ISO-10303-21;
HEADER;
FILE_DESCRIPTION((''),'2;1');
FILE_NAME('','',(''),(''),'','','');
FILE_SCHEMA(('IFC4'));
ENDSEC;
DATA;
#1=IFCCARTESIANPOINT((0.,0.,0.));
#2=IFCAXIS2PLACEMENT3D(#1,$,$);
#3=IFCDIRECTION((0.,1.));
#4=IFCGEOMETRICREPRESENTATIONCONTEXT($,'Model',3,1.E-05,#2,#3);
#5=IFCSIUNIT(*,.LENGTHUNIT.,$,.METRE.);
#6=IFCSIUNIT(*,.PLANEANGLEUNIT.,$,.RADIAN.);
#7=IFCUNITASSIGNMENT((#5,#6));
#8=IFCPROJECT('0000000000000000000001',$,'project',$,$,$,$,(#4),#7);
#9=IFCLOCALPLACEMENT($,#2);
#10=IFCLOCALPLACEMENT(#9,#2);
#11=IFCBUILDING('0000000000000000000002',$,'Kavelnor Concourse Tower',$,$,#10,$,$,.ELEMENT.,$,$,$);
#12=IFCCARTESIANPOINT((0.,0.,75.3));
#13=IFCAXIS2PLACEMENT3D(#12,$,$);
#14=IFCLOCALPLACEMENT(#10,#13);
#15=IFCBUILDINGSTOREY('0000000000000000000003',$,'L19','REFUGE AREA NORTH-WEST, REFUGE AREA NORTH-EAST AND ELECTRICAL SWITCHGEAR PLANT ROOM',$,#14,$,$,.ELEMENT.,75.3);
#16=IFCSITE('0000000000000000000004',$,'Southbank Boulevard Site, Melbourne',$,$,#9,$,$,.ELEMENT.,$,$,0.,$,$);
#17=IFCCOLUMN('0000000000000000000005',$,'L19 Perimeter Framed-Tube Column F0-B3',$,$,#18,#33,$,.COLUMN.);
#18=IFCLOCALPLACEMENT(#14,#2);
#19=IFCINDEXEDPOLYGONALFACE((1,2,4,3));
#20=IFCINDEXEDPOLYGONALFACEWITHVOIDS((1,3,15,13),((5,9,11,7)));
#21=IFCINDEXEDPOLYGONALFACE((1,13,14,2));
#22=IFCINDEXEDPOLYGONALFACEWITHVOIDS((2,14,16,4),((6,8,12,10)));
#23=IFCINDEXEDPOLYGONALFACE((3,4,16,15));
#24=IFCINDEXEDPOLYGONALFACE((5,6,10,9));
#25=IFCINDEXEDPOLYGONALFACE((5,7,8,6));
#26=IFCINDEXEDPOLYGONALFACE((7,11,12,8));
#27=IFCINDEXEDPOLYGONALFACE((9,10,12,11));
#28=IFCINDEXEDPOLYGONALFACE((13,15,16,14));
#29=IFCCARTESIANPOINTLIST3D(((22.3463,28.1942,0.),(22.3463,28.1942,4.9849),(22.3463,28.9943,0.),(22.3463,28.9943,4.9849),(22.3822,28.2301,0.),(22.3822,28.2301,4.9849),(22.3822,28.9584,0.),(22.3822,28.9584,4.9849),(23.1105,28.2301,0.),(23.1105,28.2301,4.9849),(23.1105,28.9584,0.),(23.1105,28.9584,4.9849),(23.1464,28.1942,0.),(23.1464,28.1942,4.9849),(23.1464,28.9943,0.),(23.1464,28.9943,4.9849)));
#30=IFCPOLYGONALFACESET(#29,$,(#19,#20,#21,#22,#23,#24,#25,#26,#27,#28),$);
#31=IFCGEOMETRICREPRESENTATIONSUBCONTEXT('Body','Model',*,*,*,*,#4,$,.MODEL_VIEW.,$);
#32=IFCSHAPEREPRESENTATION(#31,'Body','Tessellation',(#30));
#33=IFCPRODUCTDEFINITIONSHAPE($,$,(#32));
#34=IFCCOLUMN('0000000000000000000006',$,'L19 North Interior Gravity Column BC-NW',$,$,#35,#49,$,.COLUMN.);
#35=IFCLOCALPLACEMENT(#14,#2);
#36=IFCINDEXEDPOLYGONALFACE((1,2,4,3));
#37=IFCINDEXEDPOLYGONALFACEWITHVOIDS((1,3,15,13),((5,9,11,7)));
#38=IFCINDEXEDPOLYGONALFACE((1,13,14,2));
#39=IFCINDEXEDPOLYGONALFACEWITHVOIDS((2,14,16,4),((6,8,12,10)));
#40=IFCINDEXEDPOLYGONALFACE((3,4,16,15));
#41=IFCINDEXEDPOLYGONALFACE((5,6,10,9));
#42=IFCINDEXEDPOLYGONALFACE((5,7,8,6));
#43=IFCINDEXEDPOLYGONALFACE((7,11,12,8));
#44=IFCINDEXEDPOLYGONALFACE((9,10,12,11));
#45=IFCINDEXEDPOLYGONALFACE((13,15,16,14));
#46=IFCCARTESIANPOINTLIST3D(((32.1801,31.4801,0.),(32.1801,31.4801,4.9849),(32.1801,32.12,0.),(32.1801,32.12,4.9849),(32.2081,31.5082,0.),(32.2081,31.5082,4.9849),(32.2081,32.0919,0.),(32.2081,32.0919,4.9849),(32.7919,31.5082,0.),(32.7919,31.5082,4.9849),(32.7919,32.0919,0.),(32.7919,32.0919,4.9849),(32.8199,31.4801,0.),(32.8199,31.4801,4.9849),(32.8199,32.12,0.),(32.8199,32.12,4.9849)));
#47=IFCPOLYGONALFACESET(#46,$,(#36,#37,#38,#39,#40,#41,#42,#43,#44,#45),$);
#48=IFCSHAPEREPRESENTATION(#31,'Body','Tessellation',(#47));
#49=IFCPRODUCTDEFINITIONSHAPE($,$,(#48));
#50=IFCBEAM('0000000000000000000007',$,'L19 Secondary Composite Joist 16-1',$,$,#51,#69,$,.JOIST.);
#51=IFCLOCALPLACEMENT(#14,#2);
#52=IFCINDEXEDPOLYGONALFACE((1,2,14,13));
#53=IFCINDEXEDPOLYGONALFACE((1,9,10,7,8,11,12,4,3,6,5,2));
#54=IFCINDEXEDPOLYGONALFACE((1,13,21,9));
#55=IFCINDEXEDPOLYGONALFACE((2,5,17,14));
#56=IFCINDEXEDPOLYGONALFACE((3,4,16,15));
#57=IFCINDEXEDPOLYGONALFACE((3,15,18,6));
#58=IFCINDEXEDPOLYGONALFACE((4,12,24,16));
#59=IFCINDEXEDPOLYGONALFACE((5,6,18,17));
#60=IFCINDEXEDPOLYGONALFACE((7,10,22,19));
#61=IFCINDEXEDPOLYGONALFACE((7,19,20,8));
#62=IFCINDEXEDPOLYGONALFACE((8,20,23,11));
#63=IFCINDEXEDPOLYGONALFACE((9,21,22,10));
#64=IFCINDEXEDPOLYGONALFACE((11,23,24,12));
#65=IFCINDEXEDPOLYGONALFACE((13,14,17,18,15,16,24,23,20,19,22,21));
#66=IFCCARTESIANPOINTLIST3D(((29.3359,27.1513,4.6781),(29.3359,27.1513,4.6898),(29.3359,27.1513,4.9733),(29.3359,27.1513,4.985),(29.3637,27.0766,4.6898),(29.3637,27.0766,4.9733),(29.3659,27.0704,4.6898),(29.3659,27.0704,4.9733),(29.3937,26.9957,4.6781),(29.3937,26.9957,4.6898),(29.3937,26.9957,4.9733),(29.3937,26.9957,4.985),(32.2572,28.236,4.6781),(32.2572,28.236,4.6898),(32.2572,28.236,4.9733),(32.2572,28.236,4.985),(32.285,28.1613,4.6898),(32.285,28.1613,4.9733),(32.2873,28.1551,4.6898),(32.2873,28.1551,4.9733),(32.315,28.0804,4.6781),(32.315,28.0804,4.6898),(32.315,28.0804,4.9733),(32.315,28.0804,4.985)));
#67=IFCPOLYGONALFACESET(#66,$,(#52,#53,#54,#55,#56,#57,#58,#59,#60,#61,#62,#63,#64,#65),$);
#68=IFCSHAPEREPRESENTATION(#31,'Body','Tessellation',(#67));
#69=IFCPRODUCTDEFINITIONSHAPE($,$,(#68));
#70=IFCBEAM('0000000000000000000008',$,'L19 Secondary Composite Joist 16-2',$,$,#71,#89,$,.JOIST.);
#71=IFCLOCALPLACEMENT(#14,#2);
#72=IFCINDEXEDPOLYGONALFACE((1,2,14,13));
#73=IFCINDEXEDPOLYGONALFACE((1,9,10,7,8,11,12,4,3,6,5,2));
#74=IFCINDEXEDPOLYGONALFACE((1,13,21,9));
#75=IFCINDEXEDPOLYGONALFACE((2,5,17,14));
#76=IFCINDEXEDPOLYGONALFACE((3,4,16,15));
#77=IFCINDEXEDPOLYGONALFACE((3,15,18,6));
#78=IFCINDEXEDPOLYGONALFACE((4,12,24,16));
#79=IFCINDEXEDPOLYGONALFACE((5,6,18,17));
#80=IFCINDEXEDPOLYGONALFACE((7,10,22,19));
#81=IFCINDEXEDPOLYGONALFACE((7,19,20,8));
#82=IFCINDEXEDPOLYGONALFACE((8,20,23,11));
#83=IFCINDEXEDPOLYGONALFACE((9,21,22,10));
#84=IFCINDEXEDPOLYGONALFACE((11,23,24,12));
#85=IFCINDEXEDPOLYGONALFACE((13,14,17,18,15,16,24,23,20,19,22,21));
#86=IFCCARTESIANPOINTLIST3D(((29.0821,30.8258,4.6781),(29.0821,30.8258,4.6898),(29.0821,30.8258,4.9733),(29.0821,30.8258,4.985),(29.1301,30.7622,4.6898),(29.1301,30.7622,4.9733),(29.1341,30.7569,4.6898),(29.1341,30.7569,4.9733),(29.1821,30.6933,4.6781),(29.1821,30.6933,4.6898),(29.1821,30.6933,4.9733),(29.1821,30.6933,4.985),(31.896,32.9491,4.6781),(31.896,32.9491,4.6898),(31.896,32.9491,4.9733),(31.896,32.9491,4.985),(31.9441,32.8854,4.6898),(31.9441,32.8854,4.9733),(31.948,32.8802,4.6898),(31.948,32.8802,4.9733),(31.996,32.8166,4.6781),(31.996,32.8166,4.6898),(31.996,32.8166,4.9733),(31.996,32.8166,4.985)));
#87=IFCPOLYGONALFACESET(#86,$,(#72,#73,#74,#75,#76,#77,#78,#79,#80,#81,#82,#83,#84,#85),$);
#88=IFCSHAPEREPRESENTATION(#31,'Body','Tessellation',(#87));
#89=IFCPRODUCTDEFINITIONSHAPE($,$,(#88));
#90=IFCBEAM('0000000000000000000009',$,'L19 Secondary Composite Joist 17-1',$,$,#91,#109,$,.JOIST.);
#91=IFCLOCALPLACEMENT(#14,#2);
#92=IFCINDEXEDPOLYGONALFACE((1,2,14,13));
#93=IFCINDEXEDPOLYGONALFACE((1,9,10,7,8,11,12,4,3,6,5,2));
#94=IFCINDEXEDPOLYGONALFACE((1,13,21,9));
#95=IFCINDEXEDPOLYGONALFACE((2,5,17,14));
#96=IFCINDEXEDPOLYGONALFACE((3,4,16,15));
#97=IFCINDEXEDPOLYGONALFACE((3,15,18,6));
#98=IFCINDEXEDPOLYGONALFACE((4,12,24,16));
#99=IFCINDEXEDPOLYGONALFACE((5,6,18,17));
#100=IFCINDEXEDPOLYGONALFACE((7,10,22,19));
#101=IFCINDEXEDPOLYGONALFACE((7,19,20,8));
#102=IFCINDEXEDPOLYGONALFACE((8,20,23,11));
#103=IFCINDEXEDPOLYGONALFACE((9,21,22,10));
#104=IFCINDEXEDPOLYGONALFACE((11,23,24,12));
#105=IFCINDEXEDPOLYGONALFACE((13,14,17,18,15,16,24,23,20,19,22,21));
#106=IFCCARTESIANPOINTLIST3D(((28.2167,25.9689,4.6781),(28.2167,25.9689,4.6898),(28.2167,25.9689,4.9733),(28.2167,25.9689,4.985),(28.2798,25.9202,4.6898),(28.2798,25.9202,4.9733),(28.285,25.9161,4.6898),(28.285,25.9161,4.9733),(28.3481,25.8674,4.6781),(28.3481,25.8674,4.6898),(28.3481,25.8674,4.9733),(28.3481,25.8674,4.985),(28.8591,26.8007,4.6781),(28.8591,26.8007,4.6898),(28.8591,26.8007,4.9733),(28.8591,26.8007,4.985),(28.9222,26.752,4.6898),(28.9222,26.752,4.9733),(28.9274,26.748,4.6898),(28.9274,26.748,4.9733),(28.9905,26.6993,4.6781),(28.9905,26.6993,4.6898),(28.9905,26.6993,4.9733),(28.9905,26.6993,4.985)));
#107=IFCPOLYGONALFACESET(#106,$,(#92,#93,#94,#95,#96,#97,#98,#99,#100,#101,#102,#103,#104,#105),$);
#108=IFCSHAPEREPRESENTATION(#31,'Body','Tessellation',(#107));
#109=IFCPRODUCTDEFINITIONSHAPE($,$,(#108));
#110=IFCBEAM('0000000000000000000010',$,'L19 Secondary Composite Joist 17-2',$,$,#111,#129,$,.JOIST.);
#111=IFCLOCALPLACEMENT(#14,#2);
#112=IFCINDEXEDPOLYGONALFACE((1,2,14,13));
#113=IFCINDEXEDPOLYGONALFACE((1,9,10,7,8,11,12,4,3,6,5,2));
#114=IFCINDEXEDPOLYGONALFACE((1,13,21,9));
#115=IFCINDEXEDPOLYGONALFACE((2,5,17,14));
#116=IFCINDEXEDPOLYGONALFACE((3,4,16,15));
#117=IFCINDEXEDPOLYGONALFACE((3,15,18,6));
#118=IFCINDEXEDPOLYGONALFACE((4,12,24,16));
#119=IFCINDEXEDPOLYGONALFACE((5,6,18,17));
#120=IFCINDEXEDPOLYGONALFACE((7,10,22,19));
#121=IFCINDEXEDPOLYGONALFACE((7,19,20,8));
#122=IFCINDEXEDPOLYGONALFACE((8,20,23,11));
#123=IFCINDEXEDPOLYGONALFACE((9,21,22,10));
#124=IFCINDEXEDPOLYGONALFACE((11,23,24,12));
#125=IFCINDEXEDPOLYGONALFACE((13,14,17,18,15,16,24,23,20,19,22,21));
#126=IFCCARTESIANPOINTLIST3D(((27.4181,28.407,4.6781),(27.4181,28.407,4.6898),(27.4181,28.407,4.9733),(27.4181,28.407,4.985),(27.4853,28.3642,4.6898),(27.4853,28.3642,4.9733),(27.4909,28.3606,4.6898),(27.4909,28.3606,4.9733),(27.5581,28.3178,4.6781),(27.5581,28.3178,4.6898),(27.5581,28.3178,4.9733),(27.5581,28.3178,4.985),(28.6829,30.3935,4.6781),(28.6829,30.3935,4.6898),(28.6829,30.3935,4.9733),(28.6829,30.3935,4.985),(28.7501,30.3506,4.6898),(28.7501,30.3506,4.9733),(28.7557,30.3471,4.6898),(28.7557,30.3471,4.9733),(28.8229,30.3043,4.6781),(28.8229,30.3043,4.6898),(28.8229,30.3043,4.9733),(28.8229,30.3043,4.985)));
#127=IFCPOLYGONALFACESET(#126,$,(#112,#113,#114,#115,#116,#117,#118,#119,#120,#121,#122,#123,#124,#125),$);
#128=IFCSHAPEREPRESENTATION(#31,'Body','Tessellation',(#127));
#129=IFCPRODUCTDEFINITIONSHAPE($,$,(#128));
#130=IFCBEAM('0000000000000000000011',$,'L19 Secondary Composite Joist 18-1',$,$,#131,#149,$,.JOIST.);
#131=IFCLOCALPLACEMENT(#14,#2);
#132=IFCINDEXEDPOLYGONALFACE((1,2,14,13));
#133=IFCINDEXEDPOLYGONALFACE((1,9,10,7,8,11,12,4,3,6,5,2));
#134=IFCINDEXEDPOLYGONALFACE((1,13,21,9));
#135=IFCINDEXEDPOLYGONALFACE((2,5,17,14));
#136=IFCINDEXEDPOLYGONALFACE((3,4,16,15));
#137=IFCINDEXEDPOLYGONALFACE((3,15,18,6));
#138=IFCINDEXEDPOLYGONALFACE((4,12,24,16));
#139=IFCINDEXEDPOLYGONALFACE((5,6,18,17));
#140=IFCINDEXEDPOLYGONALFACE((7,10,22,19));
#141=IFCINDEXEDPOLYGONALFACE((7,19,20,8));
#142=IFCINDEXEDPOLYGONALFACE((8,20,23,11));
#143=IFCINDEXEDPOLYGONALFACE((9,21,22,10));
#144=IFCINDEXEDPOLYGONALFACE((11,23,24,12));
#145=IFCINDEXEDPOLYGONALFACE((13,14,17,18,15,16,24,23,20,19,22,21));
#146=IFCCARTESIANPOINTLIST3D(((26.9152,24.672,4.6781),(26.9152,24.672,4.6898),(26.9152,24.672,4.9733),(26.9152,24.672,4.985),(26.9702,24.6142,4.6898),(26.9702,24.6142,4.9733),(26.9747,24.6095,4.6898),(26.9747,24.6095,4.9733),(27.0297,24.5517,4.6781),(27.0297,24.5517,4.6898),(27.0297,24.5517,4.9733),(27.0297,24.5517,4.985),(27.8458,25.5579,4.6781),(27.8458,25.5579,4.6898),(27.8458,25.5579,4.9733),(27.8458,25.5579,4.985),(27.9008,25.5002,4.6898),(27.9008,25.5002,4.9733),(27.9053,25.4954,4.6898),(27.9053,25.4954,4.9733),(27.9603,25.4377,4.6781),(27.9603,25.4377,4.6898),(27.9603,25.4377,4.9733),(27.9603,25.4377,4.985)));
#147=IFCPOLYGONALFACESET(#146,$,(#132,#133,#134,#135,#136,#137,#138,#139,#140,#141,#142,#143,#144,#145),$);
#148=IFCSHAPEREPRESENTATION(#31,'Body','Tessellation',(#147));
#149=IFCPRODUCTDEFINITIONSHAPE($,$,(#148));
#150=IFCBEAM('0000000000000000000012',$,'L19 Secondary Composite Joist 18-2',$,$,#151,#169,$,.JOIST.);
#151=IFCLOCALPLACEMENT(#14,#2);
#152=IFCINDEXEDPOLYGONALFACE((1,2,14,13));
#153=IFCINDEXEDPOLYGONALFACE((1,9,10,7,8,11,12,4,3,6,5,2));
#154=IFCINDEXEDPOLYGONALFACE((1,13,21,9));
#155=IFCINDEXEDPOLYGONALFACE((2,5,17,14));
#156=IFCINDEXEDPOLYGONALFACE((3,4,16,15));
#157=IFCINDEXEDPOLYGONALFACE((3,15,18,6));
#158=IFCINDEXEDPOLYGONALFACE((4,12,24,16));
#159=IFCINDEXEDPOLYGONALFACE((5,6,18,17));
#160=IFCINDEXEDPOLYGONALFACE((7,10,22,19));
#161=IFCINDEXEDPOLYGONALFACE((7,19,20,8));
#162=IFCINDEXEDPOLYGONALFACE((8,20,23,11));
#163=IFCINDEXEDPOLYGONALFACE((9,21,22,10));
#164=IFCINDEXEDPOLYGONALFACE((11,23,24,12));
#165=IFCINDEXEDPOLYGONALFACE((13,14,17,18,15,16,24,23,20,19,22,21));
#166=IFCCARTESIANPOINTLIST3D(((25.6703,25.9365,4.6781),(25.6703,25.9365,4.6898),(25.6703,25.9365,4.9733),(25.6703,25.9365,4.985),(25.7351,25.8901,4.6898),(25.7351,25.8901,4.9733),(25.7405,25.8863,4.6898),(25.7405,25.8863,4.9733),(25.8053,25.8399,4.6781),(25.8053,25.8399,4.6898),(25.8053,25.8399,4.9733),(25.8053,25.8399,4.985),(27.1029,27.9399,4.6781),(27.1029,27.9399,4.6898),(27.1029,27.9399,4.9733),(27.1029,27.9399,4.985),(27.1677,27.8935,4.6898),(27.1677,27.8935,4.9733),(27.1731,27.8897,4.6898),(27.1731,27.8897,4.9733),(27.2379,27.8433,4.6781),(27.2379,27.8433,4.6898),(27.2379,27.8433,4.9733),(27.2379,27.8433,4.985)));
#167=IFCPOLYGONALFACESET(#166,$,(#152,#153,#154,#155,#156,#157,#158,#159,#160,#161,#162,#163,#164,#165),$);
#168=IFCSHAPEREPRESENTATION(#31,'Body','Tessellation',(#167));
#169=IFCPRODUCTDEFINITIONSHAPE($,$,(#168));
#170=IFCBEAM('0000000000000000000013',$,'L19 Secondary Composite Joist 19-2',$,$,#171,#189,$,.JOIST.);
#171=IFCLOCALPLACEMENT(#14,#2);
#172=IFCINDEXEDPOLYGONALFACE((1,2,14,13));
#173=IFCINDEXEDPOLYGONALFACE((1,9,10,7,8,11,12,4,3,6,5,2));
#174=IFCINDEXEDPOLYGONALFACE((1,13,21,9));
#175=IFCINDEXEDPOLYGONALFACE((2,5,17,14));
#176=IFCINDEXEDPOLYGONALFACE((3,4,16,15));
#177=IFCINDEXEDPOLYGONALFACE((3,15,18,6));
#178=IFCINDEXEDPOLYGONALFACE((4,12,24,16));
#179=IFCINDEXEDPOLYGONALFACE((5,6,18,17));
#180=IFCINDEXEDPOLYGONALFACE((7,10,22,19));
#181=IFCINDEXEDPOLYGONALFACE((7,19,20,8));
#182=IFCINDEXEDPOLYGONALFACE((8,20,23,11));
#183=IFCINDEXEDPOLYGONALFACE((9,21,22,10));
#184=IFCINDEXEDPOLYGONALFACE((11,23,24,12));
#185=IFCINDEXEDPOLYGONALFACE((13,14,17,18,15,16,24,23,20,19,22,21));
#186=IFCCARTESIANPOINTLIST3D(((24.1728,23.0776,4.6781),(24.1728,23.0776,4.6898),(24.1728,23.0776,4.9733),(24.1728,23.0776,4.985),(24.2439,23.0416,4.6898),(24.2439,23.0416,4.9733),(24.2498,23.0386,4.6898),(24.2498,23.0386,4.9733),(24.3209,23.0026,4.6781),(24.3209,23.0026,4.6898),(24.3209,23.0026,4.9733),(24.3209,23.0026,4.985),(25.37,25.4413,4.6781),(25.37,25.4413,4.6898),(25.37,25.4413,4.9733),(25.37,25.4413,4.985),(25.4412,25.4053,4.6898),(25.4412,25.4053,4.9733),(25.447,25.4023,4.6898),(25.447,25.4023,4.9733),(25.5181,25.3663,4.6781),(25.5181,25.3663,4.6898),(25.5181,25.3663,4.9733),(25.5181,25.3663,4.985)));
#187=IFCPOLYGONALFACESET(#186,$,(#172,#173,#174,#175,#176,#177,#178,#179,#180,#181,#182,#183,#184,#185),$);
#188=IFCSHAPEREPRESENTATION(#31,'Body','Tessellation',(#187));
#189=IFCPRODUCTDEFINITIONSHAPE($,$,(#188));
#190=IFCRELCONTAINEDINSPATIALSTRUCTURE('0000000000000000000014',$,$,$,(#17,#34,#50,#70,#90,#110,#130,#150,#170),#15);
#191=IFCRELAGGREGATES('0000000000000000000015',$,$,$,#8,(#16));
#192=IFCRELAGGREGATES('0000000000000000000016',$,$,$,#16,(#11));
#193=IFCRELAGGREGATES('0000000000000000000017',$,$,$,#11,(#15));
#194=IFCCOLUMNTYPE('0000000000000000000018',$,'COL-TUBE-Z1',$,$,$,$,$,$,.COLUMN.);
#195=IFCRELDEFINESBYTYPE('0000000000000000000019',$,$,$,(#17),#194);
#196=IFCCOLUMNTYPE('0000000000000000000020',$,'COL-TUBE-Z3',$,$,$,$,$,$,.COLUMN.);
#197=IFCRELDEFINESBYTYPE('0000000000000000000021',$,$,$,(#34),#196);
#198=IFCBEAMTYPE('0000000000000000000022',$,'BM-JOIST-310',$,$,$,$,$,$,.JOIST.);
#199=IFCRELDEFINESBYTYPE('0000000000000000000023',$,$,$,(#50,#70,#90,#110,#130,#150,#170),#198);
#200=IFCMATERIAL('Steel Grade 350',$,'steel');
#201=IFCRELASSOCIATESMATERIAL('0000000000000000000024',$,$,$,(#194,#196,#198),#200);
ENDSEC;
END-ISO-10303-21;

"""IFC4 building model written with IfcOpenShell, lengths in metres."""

from ifc_helpers import new_model, si_unit, direction, frame, origin, origin_2d, place, context, subcontext, project, spatial, hollow_rectangle, i_section, extrude, material, material_profile, profile_set, type_object, element, save


model = new_model("IFC4")

# Units and contexts
model_context = context("Model", 3, precision=1e-05, world=origin(), true_north=direction((0.0, 1.0)))
body_context = subcontext(model_context, "Body", "Model", "MODEL_VIEW")
ifc_project = project(units=[si_unit("LENGTHUNIT", "METRE"), si_unit("PLANEANGLEUNIT", "RADIAN")], contexts=[model_context])

# Site, building, storey
site_placement = place(None, origin())
site = spatial("IfcSite", under=ifc_project, at=site_placement, Name="Southbank Boulevard Site, Melbourne", CompositionType="ELEMENT", RefElevation=0.0)
building_placement = place(site_placement, origin())
building = spatial("IfcBuilding", under=site, at=building_placement, Name="Kavelnor Concourse Tower", CompositionType="ELEMENT")
storey_placement = place(building_placement, frame((0.0, 0.0, 75.3)))
storey = spatial("IfcBuildingStorey", under=building, at=storey_placement, Name="L19", Description="REFUGE AREA NORTH-WEST, REFUGE AREA NORTH-EAST AND ELECTRICAL SWITCHGEAR PLANT ROOM", CompositionType="ELEMENT", Elevation=75.3)

# Columns
ifc_material_1 = material(Name="Steel Grade 350", Category="steel")
ifc_material_profile_1 = material_profile(ifc_material_1, hollow_rectangle(XDim=0.8, YDim=0.8, WallThickness=0.0359, at=origin_2d()), Name="SHS 800x800x36")
ifc_profile_set_1 = profile_set([ifc_material_profile_1], Name="Steel Grade 350")
column_type_1 = type_object("IfcColumnType", Name="COL-TUBE-Z1", PredefinedType="COLUMN", material=ifc_profile_set_1)
column_1_placement = place(storey_placement, frame((22.7463, 28.5942, 0.0), z_axis=(0.0, 0.0, 1.0), x_axis=(1.0, 0.0, 0.0)))
element("IfcColumn", 1, at=column_1_placement, inside=storey, type_object=column_type_1, Name="L19 Perimeter Framed-Tube Column F0-B3", PredefinedType="COLUMN", context=body_context, shape_type="SweptSolid", body=[
    extrude(hollow_rectangle(XDim=0.8, YDim=0.8, WallThickness=0.0359, at=origin_2d()), origin(), (0.0, 0.0, 1.0), 4.9849),
])
ifc_material_profile_2 = material_profile(ifc_material_1, hollow_rectangle(XDim=0.6399, YDim=0.6399, WallThickness=0.0281, at=origin_2d()), Name="SHS 640x640x28")
ifc_profile_set_2 = profile_set([ifc_material_profile_2], Name="Steel Grade 350")
column_type_2 = type_object("IfcColumnType", Name="COL-TUBE-Z3", PredefinedType="COLUMN", material=ifc_profile_set_2)
column_2_placement = place(storey_placement, frame((32.5, 31.8, 0.0), z_axis=(0.0, 0.0, 1.0), x_axis=(1.0, 0.0, 0.0)))
element("IfcColumn", 2, at=column_2_placement, inside=storey, type_object=column_type_2, Name="L19 North Interior Gravity Column BC-NW", PredefinedType="COLUMN", context=body_context, shape_type="SweptSolid", body=[
    extrude(hollow_rectangle(XDim=0.6399, YDim=0.6399, WallThickness=0.0281, at=origin_2d()), origin(), (0.0, 0.0, 1.0), 4.9849),
])

# Beams
ifc_material_profile_3 = material_profile(ifc_material_1, i_section(OverallWidth=0.166, OverallDepth=0.3069, WebThickness=0.0066, FlangeThickness=0.0117, at=origin_2d()), Name="310UB46")
ifc_profile_set_3 = profile_set([ifc_material_profile_3], Name="Steel Grade 350")
beam_type_1 = type_object("IfcBeamType", Name="BM-JOIST-310", PredefinedType="JOIST", material=ifc_profile_set_3)
beam_1_placement = place(storey_placement, frame((32.2861, 28.1582, 4.8315), z_axis=(-0.937464, -0.348082, 0.0), x_axis=(0.348082, -0.937464, 0.0)))
element("IfcBeam", 3, at=beam_1_placement, inside=storey, type_object=beam_type_1, Name="L19 Secondary Composite Joist 16-1", PredefinedType="JOIST", context=body_context, shape_type="SweptSolid", body=[
    extrude(i_section(OverallWidth=0.166, OverallDepth=0.3069, WebThickness=0.0066, FlangeThickness=0.0117, at=origin_2d()), origin(), (0.0, 0.0, 1.0), 3.1162),
])
beam_2_placement = place(storey_placement, frame((31.946, 32.8828, 4.8315), z_axis=(-0.798251, -0.602324, 0.0), x_axis=(0.602324, -0.798251, 0.0)))
element("IfcBeam", 4, at=beam_2_placement, inside=storey, type_object=beam_type_1, Name="L19 Secondary Composite Joist 16-2", PredefinedType="JOIST", context=body_context, shape_type="SweptSolid", body=[
    extrude(i_section(OverallWidth=0.166, OverallDepth=0.3069, WebThickness=0.0066, FlangeThickness=0.0117, at=origin_2d()), origin(), (0.0, 0.0, 1.0), 3.5251),
])
beam_3_placement = place(storey_placement, frame((28.9248, 26.75, 4.8315), z_axis=(-0.611203, -0.791474, 0.0), x_axis=(0.791474, -0.611203, 0.0)))
element("IfcBeam", 5, at=beam_3_placement, inside=storey, type_object=beam_type_1, Name="L19 Secondary Composite Joist 17-1", PredefinedType="JOIST", context=body_context, shape_type="SweptSolid", body=[
    extrude(i_section(OverallWidth=0.166, OverallDepth=0.3069, WebThickness=0.0066, FlangeThickness=0.0117, at=origin_2d()), origin(), (0.0, 0.0, 1.0), 1.051),
])
beam_4_placement = place(storey_placement, frame((28.7529, 30.3489, 4.8315), z_axis=(-0.53709, -0.843525, 0.0), x_axis=(0.843525, -0.53709, 0.0)))
element("IfcBeam", 6, at=beam_4_placement, inside=storey, type_object=beam_type_1, Name="L19 Secondary Composite Joist 17-2", PredefinedType="JOIST", context=body_context, shape_type="SweptSolid", body=[
    extrude(i_section(OverallWidth=0.166, OverallDepth=0.3069, WebThickness=0.0066, FlangeThickness=0.0117, at=origin_2d()), origin(), (0.0, 0.0, 1.0), 2.355),
])
beam_5_placement = place(storey_placement, frame((27.9031, 25.4978, 4.8315), z_axis=(-0.724278, -0.689508, 0.0), x_axis=(0.689508, -0.724278, 0.0)))
element("IfcBeam", 7, at=beam_5_placement, inside=storey, type_object=beam_type_1, Name="L19 Secondary Composite Joist 18-1", PredefinedType="JOIST", context=body_context, shape_type="SweptSolid", body=[
    extrude(i_section(OverallWidth=0.166, OverallDepth=0.3069, WebThickness=0.0066, FlangeThickness=0.0117, at=origin_2d()), origin(), (0.0, 0.0, 1.0), 1.2849),
])
beam_6_placement = place(storey_placement, frame((27.1704, 27.8916, 4.8315), z_axis=(-0.581669, -0.813425, 0.0), x_axis=(0.813425, -0.581669, 0.0)))
element("IfcBeam", 8, at=beam_6_placement, inside=storey, type_object=beam_type_1, Name="L19 Secondary Composite Joist 18-2", PredefinedType="JOIST", context=body_context, shape_type="SweptSolid", body=[
    extrude(i_section(OverallWidth=0.166, OverallDepth=0.3069, WebThickness=0.0066, FlangeThickness=0.0117, at=origin_2d()), origin(), (0.0, 0.0, 1.0), 2.4629),
])
beam_7_placement = place(storey_placement, frame((25.4441, 25.4038, 4.8315), z_axis=(-0.451851, -0.892093, 0.0), x_axis=(0.892093, -0.451851, 0.0)))
element("IfcBeam", 9, at=beam_7_placement, inside=storey, type_object=beam_type_1, Name="L19 Secondary Composite Joist 19-2", PredefinedType="JOIST", context=body_context, shape_type="SweptSolid", body=[
    extrude(i_section(OverallWidth=0.166, OverallDepth=0.3069, WebThickness=0.0066, FlangeThickness=0.0117, at=origin_2d()), origin(), (0.0, 0.0, 1.0), 2.6497),
])

save(model, "model.ifc")
